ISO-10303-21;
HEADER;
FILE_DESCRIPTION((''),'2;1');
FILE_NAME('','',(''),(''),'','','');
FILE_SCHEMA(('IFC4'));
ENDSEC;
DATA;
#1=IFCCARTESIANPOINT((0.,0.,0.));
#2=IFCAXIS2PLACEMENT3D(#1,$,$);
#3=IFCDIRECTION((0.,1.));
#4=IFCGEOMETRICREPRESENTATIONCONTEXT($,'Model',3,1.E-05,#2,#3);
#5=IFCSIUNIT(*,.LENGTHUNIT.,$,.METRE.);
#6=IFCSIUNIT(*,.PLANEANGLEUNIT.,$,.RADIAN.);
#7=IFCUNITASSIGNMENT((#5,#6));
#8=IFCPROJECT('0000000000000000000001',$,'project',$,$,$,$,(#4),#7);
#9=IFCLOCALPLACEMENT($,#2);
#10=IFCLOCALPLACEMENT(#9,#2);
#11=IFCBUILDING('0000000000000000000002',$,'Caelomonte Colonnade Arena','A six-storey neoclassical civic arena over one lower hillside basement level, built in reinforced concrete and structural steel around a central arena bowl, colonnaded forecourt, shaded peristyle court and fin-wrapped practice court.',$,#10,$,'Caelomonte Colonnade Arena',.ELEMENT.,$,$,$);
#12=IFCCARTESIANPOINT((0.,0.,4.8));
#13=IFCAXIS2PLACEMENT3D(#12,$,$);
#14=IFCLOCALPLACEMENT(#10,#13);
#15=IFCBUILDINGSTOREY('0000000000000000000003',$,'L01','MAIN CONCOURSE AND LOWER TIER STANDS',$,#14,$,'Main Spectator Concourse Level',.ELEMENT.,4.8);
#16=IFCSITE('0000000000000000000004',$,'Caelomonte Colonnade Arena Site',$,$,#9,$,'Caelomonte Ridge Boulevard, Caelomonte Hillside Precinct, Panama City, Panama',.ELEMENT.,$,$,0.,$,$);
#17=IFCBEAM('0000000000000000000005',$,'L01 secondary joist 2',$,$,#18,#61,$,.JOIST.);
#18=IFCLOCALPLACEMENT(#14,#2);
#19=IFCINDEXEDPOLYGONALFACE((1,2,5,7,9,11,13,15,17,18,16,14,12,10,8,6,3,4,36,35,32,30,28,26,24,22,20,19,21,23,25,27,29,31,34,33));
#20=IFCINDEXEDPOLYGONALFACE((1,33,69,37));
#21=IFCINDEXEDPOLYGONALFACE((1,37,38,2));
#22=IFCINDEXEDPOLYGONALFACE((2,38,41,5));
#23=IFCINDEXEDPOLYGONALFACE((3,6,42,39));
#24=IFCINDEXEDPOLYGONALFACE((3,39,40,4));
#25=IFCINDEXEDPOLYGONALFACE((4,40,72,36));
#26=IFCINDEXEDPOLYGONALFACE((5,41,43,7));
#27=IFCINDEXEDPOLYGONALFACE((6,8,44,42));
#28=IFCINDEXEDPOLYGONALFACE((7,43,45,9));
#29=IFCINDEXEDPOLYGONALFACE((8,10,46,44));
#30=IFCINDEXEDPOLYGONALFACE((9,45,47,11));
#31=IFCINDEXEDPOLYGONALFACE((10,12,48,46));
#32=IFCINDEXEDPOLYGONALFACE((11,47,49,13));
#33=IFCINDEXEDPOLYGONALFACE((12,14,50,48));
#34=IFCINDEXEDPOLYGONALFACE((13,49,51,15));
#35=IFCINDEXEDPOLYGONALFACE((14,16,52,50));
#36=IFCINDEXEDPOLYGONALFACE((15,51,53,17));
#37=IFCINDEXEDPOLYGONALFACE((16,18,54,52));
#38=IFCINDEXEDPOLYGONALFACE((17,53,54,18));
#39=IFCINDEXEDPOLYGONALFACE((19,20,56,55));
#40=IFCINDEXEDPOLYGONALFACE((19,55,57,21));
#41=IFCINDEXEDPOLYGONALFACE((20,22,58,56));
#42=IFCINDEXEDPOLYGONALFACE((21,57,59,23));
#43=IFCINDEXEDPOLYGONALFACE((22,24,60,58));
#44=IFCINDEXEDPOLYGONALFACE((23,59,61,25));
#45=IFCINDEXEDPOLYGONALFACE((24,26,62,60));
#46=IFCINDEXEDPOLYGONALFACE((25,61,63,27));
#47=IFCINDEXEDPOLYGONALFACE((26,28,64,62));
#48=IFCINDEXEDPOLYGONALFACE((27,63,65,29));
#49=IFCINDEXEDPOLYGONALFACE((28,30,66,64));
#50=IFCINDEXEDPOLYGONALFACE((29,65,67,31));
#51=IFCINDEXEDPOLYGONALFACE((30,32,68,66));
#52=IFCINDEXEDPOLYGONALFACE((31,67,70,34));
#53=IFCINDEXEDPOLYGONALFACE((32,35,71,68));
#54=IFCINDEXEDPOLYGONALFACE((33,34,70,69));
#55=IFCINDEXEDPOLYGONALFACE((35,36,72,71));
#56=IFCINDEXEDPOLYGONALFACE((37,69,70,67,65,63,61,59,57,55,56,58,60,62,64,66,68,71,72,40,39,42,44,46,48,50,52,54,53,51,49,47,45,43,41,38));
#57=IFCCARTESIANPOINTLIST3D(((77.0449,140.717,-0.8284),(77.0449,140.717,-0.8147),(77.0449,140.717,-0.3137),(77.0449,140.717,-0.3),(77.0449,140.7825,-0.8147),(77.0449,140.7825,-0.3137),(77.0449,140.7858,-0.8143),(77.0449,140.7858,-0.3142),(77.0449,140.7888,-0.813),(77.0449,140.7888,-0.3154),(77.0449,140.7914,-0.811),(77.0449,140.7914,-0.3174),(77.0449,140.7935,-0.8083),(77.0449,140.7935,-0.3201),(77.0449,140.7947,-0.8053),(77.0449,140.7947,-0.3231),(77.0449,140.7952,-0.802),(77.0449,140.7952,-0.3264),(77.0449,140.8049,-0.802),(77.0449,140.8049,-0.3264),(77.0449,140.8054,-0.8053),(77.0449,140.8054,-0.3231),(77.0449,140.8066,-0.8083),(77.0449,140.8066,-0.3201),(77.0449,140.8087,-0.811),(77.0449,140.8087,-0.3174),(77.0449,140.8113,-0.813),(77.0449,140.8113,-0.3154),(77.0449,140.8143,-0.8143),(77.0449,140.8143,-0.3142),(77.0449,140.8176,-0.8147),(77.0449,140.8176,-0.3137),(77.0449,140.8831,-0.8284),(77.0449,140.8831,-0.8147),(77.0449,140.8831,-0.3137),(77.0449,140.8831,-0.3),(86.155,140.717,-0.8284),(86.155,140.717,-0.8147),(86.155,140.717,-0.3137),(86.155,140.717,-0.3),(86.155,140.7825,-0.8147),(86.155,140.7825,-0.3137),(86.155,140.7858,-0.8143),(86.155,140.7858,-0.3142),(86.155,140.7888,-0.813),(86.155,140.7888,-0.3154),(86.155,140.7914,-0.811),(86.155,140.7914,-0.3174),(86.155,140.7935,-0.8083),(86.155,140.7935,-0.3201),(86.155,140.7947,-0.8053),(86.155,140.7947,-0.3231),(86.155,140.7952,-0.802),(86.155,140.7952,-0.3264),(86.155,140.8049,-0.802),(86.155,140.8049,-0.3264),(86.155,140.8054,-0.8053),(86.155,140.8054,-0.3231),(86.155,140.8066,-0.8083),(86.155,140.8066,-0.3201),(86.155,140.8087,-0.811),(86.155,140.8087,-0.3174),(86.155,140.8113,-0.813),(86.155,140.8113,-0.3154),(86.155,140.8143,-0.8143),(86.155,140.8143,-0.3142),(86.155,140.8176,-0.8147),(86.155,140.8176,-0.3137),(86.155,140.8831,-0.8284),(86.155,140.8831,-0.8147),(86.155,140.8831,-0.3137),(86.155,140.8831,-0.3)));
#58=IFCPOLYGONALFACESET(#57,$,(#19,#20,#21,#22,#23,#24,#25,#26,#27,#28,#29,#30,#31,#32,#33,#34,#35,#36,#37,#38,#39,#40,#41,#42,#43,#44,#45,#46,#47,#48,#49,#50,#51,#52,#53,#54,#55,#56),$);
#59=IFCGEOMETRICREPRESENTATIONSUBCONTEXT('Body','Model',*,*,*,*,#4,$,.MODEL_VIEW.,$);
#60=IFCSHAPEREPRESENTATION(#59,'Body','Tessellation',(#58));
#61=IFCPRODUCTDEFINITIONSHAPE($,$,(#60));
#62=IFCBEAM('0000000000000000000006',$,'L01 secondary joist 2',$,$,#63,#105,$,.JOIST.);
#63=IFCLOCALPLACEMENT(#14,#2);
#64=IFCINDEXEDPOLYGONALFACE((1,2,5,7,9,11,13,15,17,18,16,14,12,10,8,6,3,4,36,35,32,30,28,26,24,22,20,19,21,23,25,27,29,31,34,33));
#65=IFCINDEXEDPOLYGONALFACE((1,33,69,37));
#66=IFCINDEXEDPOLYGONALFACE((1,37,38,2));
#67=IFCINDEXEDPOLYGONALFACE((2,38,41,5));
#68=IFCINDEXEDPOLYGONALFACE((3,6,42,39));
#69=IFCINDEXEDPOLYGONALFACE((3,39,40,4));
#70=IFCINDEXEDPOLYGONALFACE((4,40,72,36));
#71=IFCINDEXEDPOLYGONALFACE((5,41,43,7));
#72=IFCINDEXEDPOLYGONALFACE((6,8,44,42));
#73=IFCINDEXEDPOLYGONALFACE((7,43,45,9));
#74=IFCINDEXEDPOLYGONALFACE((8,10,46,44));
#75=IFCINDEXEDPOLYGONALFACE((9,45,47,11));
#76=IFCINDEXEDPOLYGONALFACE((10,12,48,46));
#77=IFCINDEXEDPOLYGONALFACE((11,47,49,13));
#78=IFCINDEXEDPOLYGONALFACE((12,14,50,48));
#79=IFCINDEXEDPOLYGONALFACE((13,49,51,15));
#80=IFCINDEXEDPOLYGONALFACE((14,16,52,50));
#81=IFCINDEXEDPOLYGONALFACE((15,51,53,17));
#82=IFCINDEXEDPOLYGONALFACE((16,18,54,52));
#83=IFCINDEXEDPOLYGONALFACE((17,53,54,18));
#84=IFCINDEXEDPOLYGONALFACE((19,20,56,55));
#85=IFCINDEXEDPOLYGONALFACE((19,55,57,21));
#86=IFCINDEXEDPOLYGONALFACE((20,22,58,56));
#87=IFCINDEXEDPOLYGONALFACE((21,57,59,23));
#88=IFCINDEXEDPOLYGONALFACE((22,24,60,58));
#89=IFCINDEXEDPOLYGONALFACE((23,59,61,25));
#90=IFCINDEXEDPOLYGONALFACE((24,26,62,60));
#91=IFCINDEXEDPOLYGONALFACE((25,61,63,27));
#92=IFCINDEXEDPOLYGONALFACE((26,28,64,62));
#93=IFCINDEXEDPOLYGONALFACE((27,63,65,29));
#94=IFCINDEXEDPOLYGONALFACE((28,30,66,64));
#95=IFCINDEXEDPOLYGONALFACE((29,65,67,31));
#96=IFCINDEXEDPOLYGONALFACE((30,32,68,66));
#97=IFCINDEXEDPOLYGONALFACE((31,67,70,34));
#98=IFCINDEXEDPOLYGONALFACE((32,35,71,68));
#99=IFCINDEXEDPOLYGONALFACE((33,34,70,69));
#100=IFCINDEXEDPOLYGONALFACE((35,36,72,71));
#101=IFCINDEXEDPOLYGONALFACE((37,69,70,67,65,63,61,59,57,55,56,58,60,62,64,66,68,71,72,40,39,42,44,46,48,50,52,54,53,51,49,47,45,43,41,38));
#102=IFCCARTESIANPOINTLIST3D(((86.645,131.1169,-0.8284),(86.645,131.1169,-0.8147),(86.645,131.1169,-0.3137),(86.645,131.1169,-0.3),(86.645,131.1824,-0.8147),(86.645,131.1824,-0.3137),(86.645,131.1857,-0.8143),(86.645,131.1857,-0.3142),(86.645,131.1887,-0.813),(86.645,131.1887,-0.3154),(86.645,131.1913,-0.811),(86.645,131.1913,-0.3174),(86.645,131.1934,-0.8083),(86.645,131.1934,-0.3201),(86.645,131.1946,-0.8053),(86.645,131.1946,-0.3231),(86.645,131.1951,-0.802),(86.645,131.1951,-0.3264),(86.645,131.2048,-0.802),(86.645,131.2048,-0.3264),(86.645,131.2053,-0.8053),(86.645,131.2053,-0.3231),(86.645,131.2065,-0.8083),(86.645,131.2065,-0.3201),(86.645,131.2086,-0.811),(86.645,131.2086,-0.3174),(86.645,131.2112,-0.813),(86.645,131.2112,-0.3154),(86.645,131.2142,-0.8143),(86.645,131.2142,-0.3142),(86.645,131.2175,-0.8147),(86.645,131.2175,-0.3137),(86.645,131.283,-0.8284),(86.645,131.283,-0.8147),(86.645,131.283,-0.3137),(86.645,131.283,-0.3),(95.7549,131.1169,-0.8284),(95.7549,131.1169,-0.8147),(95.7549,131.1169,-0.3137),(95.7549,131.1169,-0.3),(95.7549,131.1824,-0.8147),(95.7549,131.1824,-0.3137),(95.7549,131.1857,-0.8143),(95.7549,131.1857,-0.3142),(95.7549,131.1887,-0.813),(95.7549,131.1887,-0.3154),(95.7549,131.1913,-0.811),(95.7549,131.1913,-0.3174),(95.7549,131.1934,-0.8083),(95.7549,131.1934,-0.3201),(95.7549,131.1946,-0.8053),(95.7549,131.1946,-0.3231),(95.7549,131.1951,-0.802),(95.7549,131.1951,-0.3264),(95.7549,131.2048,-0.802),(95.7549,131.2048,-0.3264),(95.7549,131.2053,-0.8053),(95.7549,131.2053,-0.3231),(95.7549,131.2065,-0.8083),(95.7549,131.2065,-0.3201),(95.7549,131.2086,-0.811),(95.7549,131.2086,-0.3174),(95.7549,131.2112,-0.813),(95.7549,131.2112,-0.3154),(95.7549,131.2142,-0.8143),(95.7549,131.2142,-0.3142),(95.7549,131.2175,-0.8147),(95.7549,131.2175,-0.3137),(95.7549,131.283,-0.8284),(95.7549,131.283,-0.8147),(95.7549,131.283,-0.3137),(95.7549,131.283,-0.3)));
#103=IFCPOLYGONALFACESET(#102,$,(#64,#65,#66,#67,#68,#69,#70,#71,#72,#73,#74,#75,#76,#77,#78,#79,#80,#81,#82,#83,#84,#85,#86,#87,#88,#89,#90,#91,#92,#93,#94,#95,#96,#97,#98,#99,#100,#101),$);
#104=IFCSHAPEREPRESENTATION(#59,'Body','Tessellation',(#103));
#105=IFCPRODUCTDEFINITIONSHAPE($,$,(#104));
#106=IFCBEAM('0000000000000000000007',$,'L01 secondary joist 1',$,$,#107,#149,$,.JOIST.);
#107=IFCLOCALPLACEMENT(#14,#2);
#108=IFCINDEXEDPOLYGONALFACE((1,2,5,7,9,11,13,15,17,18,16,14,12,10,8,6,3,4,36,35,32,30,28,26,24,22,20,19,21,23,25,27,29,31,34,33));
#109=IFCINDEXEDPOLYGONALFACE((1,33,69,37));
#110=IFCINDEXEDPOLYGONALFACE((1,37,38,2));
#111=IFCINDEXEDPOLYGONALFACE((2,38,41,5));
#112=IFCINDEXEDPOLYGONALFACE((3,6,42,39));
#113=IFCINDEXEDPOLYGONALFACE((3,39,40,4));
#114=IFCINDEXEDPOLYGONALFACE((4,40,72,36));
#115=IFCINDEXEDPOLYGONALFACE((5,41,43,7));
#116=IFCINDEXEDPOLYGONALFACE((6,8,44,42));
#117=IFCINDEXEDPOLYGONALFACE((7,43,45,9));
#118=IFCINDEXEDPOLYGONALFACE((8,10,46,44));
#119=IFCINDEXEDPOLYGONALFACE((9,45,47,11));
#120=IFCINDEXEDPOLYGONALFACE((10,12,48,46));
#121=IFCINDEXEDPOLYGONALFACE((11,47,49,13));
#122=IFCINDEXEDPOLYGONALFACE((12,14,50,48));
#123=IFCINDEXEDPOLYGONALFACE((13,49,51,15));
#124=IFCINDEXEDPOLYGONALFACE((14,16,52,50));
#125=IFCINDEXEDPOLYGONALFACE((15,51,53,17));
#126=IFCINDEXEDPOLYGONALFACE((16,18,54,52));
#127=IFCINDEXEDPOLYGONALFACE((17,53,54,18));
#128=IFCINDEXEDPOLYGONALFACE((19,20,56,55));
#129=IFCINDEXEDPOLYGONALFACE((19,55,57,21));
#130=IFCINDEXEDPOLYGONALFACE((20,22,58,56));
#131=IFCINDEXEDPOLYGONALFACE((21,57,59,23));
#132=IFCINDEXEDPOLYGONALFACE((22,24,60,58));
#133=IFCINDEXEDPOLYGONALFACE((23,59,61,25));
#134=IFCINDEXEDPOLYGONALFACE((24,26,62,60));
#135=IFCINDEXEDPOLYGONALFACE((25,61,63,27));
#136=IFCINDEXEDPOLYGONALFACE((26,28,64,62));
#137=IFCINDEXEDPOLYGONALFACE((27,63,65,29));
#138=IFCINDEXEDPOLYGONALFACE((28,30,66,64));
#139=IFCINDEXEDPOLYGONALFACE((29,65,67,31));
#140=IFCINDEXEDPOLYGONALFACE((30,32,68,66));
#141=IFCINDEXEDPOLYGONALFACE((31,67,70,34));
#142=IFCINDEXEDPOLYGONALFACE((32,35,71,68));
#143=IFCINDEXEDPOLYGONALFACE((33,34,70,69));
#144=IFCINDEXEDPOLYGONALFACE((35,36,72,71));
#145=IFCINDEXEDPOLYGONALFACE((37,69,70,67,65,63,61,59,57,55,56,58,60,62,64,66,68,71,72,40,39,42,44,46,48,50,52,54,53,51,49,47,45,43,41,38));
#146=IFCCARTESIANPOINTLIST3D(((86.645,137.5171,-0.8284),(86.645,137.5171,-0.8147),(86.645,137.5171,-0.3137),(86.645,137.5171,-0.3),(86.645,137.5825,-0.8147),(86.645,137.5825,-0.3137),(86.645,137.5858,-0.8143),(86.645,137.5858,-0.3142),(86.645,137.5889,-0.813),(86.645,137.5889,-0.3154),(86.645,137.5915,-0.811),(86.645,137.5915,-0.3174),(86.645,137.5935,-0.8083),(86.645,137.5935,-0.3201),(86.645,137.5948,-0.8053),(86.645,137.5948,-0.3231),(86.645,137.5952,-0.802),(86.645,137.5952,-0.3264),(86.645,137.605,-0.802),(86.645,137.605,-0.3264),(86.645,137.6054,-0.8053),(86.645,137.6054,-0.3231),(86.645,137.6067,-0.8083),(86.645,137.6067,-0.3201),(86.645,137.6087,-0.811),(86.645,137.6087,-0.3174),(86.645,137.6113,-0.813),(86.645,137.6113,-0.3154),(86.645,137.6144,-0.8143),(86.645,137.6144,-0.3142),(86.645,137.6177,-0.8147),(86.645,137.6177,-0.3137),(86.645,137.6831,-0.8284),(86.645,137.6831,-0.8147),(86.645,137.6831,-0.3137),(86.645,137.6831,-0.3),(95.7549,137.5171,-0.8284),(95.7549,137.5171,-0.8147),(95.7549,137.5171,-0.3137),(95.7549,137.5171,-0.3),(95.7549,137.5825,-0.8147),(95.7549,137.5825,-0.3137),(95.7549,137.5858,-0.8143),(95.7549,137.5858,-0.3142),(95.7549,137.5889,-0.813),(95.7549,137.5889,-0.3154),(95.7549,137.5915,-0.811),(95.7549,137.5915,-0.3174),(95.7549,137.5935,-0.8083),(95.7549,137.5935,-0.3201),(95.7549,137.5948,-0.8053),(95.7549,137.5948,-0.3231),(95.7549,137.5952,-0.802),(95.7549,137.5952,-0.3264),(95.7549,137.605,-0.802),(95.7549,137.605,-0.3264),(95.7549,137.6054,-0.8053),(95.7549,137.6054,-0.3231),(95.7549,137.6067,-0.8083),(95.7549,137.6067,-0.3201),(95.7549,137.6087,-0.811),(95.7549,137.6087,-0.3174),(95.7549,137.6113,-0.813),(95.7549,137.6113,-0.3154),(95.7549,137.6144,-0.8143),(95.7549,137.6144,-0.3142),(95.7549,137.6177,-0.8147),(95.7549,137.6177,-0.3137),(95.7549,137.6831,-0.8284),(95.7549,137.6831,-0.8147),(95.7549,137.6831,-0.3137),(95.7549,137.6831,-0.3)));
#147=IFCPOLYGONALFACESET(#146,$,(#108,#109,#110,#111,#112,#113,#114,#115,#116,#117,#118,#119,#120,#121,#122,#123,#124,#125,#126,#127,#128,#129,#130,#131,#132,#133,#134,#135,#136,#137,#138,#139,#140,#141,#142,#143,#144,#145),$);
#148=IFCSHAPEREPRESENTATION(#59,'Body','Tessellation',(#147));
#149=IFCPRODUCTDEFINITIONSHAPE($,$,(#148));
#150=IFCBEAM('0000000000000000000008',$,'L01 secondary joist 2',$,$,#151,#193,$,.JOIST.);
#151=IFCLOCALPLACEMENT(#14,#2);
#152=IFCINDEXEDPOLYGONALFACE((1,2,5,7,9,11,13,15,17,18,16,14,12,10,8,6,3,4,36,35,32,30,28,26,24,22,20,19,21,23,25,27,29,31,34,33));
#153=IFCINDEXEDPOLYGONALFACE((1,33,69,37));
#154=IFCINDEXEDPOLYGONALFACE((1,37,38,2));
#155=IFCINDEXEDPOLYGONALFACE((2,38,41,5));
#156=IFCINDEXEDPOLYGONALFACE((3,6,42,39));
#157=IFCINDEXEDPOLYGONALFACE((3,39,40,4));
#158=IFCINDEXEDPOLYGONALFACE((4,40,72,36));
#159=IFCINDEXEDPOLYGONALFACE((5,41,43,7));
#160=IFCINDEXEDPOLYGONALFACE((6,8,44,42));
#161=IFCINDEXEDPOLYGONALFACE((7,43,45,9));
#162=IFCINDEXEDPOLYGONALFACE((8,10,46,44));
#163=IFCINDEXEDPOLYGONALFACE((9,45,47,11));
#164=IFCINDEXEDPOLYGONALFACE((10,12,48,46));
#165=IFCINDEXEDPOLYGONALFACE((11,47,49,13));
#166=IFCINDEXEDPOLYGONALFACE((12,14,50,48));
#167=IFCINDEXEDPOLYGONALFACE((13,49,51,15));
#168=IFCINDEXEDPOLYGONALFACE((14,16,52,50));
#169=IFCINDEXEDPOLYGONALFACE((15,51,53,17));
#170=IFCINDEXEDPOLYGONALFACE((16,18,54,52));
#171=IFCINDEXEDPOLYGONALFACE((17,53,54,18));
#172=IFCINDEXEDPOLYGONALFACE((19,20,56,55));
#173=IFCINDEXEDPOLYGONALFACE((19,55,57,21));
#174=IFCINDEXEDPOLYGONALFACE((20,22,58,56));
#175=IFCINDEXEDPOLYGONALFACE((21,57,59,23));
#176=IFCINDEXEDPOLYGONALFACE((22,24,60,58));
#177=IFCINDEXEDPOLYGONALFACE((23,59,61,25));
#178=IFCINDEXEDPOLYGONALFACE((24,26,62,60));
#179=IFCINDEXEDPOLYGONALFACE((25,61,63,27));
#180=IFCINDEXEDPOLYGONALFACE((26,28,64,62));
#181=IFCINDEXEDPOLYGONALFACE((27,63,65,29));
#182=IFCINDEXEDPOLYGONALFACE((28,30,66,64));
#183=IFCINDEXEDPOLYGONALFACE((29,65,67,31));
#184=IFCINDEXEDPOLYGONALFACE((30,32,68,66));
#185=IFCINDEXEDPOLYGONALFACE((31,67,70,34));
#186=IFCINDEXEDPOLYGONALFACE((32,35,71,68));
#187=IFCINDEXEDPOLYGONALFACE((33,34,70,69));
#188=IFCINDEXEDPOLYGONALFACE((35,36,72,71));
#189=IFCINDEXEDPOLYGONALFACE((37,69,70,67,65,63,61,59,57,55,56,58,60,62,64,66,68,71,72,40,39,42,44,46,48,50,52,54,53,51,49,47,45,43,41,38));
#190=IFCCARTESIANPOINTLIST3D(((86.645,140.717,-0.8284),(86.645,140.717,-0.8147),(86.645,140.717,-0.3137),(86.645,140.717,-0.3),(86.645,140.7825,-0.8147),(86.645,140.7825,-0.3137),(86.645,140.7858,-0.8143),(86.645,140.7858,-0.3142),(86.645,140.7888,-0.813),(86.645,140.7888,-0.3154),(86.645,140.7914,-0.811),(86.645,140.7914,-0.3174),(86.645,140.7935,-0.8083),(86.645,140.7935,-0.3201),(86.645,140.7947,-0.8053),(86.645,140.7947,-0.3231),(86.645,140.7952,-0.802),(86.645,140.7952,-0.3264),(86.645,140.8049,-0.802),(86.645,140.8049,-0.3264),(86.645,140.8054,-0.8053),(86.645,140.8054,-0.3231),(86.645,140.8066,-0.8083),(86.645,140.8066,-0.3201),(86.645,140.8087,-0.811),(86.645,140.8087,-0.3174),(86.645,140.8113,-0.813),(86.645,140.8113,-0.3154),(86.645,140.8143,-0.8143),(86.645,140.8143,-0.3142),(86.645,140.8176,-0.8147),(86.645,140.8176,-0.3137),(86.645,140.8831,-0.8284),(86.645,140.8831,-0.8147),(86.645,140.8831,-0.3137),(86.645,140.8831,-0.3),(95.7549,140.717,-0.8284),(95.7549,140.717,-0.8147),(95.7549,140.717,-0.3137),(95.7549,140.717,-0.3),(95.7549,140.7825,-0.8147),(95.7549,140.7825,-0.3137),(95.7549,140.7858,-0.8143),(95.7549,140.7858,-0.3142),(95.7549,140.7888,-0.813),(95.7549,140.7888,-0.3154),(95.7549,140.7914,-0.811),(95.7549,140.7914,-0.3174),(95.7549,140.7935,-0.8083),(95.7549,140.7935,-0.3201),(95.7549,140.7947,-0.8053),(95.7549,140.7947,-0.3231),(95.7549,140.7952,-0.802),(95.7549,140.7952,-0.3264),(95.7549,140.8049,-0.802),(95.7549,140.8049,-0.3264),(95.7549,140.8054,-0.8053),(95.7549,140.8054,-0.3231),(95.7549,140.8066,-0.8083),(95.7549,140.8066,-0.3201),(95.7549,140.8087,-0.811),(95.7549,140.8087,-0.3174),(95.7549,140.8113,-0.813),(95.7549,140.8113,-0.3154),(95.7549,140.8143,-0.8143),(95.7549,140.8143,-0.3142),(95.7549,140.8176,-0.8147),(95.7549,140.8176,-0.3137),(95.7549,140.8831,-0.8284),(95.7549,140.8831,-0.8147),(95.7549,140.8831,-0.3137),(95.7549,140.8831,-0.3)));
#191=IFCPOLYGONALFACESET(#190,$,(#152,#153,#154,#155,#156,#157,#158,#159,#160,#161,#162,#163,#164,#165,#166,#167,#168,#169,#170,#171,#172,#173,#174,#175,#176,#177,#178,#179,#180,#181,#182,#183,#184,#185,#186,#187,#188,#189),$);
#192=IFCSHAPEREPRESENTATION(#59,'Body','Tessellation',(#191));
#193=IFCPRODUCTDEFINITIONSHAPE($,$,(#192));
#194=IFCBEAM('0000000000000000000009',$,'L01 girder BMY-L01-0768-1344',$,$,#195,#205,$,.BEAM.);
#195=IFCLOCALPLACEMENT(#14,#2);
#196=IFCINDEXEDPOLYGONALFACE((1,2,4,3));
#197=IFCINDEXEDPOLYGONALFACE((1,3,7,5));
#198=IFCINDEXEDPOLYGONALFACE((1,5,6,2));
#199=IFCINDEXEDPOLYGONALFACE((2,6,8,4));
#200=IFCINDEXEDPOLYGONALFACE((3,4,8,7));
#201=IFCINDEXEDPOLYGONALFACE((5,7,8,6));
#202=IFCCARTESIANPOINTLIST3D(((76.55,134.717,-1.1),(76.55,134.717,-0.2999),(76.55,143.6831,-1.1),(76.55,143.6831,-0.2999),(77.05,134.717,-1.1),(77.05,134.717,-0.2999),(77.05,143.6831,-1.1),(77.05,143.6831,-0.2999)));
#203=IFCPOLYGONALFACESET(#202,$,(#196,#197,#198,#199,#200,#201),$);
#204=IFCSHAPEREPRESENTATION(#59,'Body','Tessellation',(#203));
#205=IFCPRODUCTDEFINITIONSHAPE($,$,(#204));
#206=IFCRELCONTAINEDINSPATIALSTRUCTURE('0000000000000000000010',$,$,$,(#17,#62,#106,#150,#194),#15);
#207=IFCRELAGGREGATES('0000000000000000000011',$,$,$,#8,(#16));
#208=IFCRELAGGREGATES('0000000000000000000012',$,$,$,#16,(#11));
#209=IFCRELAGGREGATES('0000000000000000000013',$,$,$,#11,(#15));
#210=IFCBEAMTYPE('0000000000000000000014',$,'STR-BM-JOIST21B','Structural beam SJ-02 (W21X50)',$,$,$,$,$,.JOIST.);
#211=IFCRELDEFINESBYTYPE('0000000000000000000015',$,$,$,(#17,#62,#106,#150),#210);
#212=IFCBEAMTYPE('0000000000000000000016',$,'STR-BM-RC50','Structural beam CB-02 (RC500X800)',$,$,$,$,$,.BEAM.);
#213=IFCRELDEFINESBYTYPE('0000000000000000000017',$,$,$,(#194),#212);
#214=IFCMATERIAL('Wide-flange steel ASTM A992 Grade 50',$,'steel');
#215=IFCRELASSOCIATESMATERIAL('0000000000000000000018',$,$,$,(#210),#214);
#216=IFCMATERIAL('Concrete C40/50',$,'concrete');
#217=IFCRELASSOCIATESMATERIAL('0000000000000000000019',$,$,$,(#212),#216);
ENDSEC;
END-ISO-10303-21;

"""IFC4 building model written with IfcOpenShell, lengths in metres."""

from ifc_helpers import new_model, si_unit, direction, frame, origin, origin_2d, place, context, subcontext, project, spatial, rectangle, i_section, extrude, material, material_profile, profile_set, type_object, element, save


model = new_model("IFC4")

# Units and contexts
model_context = context("Model", 3, precision=1e-05, world=origin(), true_north=direction((0.0, 1.0)))
body_context = subcontext(model_context, "Body", "Model", "MODEL_VIEW")
ifc_project = project(units=[si_unit("LENGTHUNIT", "METRE"), si_unit("PLANEANGLEUNIT", "RADIAN")], contexts=[model_context])

# Site, building, storey
site_placement = place(None, origin())
site = spatial("IfcSite", under=ifc_project, at=site_placement, Name="Caelomonte Colonnade Arena Site", LongName="Caelomonte Ridge Boulevard, Caelomonte Hillside Precinct, Panama City, Panama", CompositionType="ELEMENT", RefElevation=0.0)
building_placement = place(site_placement, origin())
building = spatial("IfcBuilding", under=site, at=building_placement, Name="Caelomonte Colonnade Arena", Description="A six-storey neoclassical civic arena over one lower hillside basement level, built in reinforced concrete and structural steel around a central arena bowl, colonnaded forecourt, shaded peristyle court and fin-wrapped practice court.", LongName="Caelomonte Colonnade Arena", CompositionType="ELEMENT")
storey_placement = place(building_placement, frame((0.0, 0.0, 4.8)))
storey = spatial("IfcBuildingStorey", under=building, at=storey_placement, Name="L01", Description="MAIN CONCOURSE AND LOWER TIER STANDS", LongName="Main Spectator Concourse Level", CompositionType="ELEMENT", Elevation=4.8)

# Shared definitions
ifc_material_1 = material(Name="Concrete C40/50", Category="concrete")

# Beams
ifc_material_2 = material(Name="Wide-flange steel ASTM A992 Grade 50", Category="steel")
ifc_material_profile_1 = material_profile(ifc_material_2, i_section(OverallWidth=0.166, OverallDepth=0.5283, WebThickness=0.0098, FlangeThickness=0.0137, FilletRadius=0.0127, at=origin_2d()), Name="W21X50")
ifc_profile_set_1 = profile_set([ifc_material_profile_1], Name="Wide-flange steel ASTM A992 Grade 50")
beam_type_1 = type_object("IfcBeamType", Name="STR-BM-JOIST21B", Description="Structural beam SJ-02 (W21X50)", PredefinedType="JOIST", material=ifc_profile_set_1)
for number, where, z_axis, x_axis, name in (
    (1, (77.0449, 140.8, -0.5642), (1.0, 0.0, 0.0), (0.0, 1.0, 0.0), "L01 secondary joist 2"),
):
    element("IfcBeam", number, at=place(storey_placement, frame(where, z_axis=z_axis, x_axis=x_axis)), inside=storey, type_object=beam_type_1, Name=name, PredefinedType="JOIST", context=body_context, shape_type="SweptSolid", body=[
        extrude(i_section(OverallWidth=0.166, OverallDepth=0.5283, WebThickness=0.0098, FlangeThickness=0.0137, FilletRadius=0.0127, at=origin_2d()), origin(), (0.0, 0.0, 1.0), 9.1101),
    ])
for number, where, z_axis, x_axis, name in (
    (2, (86.645, 131.2, -0.5642), (1.0, 0.0, 0.0), (0.0, 1.0, 0.0), "L01 secondary joist 2"),
    (3, (86.645, 137.6001, -0.5642), (1.0, 0.0, 0.0), (0.0, 1.0, 0.0), "L01 secondary joist 1"),
    (4, (86.645, 140.8, -0.5642), (1.0, 0.0, 0.0), (0.0, 1.0, 0.0), "L01 secondary joist 2"),
):
    element("IfcBeam", number, at=place(storey_placement, frame(where, z_axis=z_axis, x_axis=x_axis)), inside=storey, type_object=beam_type_1, Name=name, PredefinedType="JOIST", context=body_context, shape_type="SweptSolid", body=[
        extrude(i_section(OverallWidth=0.166, OverallDepth=0.5283, WebThickness=0.0098, FlangeThickness=0.0137, FilletRadius=0.0127, at=origin_2d()), origin(), (0.0, 0.0, 1.0), 9.1099),
    ])
ifc_material_profile_2 = material_profile(ifc_material_1, rectangle(XDim=0.5, YDim=0.8, at=origin_2d()), Name="RC500X800")
ifc_profile_set_2 = profile_set([ifc_material_profile_2], Name="Concrete C40/50")
beam_type_2 = type_object("IfcBeamType", Name="STR-BM-RC50", Description="Structural beam CB-02 (RC500X800)", PredefinedType="BEAM", material=ifc_profile_set_2)
for number, where, z_axis, x_axis, name in (
    (5, (76.8, 134.717, -0.7), (0.0, 1.0, 0.0), (-1.0, 0.0, 0.0), "L01 girder BMY-L01-0768-1344"),
):
    element("IfcBeam", number, at=place(storey_placement, frame(where, z_axis=z_axis, x_axis=x_axis)), inside=storey, type_object=beam_type_2, Name=name, PredefinedType="BEAM", context=body_context, shape_type="SweptSolid", body=[
        extrude(rectangle(XDim=0.5, YDim=0.8, at=origin_2d()), origin(), (0.0, 0.0, 1.0), 8.9661),
    ])

save(model, "model.ifc")
